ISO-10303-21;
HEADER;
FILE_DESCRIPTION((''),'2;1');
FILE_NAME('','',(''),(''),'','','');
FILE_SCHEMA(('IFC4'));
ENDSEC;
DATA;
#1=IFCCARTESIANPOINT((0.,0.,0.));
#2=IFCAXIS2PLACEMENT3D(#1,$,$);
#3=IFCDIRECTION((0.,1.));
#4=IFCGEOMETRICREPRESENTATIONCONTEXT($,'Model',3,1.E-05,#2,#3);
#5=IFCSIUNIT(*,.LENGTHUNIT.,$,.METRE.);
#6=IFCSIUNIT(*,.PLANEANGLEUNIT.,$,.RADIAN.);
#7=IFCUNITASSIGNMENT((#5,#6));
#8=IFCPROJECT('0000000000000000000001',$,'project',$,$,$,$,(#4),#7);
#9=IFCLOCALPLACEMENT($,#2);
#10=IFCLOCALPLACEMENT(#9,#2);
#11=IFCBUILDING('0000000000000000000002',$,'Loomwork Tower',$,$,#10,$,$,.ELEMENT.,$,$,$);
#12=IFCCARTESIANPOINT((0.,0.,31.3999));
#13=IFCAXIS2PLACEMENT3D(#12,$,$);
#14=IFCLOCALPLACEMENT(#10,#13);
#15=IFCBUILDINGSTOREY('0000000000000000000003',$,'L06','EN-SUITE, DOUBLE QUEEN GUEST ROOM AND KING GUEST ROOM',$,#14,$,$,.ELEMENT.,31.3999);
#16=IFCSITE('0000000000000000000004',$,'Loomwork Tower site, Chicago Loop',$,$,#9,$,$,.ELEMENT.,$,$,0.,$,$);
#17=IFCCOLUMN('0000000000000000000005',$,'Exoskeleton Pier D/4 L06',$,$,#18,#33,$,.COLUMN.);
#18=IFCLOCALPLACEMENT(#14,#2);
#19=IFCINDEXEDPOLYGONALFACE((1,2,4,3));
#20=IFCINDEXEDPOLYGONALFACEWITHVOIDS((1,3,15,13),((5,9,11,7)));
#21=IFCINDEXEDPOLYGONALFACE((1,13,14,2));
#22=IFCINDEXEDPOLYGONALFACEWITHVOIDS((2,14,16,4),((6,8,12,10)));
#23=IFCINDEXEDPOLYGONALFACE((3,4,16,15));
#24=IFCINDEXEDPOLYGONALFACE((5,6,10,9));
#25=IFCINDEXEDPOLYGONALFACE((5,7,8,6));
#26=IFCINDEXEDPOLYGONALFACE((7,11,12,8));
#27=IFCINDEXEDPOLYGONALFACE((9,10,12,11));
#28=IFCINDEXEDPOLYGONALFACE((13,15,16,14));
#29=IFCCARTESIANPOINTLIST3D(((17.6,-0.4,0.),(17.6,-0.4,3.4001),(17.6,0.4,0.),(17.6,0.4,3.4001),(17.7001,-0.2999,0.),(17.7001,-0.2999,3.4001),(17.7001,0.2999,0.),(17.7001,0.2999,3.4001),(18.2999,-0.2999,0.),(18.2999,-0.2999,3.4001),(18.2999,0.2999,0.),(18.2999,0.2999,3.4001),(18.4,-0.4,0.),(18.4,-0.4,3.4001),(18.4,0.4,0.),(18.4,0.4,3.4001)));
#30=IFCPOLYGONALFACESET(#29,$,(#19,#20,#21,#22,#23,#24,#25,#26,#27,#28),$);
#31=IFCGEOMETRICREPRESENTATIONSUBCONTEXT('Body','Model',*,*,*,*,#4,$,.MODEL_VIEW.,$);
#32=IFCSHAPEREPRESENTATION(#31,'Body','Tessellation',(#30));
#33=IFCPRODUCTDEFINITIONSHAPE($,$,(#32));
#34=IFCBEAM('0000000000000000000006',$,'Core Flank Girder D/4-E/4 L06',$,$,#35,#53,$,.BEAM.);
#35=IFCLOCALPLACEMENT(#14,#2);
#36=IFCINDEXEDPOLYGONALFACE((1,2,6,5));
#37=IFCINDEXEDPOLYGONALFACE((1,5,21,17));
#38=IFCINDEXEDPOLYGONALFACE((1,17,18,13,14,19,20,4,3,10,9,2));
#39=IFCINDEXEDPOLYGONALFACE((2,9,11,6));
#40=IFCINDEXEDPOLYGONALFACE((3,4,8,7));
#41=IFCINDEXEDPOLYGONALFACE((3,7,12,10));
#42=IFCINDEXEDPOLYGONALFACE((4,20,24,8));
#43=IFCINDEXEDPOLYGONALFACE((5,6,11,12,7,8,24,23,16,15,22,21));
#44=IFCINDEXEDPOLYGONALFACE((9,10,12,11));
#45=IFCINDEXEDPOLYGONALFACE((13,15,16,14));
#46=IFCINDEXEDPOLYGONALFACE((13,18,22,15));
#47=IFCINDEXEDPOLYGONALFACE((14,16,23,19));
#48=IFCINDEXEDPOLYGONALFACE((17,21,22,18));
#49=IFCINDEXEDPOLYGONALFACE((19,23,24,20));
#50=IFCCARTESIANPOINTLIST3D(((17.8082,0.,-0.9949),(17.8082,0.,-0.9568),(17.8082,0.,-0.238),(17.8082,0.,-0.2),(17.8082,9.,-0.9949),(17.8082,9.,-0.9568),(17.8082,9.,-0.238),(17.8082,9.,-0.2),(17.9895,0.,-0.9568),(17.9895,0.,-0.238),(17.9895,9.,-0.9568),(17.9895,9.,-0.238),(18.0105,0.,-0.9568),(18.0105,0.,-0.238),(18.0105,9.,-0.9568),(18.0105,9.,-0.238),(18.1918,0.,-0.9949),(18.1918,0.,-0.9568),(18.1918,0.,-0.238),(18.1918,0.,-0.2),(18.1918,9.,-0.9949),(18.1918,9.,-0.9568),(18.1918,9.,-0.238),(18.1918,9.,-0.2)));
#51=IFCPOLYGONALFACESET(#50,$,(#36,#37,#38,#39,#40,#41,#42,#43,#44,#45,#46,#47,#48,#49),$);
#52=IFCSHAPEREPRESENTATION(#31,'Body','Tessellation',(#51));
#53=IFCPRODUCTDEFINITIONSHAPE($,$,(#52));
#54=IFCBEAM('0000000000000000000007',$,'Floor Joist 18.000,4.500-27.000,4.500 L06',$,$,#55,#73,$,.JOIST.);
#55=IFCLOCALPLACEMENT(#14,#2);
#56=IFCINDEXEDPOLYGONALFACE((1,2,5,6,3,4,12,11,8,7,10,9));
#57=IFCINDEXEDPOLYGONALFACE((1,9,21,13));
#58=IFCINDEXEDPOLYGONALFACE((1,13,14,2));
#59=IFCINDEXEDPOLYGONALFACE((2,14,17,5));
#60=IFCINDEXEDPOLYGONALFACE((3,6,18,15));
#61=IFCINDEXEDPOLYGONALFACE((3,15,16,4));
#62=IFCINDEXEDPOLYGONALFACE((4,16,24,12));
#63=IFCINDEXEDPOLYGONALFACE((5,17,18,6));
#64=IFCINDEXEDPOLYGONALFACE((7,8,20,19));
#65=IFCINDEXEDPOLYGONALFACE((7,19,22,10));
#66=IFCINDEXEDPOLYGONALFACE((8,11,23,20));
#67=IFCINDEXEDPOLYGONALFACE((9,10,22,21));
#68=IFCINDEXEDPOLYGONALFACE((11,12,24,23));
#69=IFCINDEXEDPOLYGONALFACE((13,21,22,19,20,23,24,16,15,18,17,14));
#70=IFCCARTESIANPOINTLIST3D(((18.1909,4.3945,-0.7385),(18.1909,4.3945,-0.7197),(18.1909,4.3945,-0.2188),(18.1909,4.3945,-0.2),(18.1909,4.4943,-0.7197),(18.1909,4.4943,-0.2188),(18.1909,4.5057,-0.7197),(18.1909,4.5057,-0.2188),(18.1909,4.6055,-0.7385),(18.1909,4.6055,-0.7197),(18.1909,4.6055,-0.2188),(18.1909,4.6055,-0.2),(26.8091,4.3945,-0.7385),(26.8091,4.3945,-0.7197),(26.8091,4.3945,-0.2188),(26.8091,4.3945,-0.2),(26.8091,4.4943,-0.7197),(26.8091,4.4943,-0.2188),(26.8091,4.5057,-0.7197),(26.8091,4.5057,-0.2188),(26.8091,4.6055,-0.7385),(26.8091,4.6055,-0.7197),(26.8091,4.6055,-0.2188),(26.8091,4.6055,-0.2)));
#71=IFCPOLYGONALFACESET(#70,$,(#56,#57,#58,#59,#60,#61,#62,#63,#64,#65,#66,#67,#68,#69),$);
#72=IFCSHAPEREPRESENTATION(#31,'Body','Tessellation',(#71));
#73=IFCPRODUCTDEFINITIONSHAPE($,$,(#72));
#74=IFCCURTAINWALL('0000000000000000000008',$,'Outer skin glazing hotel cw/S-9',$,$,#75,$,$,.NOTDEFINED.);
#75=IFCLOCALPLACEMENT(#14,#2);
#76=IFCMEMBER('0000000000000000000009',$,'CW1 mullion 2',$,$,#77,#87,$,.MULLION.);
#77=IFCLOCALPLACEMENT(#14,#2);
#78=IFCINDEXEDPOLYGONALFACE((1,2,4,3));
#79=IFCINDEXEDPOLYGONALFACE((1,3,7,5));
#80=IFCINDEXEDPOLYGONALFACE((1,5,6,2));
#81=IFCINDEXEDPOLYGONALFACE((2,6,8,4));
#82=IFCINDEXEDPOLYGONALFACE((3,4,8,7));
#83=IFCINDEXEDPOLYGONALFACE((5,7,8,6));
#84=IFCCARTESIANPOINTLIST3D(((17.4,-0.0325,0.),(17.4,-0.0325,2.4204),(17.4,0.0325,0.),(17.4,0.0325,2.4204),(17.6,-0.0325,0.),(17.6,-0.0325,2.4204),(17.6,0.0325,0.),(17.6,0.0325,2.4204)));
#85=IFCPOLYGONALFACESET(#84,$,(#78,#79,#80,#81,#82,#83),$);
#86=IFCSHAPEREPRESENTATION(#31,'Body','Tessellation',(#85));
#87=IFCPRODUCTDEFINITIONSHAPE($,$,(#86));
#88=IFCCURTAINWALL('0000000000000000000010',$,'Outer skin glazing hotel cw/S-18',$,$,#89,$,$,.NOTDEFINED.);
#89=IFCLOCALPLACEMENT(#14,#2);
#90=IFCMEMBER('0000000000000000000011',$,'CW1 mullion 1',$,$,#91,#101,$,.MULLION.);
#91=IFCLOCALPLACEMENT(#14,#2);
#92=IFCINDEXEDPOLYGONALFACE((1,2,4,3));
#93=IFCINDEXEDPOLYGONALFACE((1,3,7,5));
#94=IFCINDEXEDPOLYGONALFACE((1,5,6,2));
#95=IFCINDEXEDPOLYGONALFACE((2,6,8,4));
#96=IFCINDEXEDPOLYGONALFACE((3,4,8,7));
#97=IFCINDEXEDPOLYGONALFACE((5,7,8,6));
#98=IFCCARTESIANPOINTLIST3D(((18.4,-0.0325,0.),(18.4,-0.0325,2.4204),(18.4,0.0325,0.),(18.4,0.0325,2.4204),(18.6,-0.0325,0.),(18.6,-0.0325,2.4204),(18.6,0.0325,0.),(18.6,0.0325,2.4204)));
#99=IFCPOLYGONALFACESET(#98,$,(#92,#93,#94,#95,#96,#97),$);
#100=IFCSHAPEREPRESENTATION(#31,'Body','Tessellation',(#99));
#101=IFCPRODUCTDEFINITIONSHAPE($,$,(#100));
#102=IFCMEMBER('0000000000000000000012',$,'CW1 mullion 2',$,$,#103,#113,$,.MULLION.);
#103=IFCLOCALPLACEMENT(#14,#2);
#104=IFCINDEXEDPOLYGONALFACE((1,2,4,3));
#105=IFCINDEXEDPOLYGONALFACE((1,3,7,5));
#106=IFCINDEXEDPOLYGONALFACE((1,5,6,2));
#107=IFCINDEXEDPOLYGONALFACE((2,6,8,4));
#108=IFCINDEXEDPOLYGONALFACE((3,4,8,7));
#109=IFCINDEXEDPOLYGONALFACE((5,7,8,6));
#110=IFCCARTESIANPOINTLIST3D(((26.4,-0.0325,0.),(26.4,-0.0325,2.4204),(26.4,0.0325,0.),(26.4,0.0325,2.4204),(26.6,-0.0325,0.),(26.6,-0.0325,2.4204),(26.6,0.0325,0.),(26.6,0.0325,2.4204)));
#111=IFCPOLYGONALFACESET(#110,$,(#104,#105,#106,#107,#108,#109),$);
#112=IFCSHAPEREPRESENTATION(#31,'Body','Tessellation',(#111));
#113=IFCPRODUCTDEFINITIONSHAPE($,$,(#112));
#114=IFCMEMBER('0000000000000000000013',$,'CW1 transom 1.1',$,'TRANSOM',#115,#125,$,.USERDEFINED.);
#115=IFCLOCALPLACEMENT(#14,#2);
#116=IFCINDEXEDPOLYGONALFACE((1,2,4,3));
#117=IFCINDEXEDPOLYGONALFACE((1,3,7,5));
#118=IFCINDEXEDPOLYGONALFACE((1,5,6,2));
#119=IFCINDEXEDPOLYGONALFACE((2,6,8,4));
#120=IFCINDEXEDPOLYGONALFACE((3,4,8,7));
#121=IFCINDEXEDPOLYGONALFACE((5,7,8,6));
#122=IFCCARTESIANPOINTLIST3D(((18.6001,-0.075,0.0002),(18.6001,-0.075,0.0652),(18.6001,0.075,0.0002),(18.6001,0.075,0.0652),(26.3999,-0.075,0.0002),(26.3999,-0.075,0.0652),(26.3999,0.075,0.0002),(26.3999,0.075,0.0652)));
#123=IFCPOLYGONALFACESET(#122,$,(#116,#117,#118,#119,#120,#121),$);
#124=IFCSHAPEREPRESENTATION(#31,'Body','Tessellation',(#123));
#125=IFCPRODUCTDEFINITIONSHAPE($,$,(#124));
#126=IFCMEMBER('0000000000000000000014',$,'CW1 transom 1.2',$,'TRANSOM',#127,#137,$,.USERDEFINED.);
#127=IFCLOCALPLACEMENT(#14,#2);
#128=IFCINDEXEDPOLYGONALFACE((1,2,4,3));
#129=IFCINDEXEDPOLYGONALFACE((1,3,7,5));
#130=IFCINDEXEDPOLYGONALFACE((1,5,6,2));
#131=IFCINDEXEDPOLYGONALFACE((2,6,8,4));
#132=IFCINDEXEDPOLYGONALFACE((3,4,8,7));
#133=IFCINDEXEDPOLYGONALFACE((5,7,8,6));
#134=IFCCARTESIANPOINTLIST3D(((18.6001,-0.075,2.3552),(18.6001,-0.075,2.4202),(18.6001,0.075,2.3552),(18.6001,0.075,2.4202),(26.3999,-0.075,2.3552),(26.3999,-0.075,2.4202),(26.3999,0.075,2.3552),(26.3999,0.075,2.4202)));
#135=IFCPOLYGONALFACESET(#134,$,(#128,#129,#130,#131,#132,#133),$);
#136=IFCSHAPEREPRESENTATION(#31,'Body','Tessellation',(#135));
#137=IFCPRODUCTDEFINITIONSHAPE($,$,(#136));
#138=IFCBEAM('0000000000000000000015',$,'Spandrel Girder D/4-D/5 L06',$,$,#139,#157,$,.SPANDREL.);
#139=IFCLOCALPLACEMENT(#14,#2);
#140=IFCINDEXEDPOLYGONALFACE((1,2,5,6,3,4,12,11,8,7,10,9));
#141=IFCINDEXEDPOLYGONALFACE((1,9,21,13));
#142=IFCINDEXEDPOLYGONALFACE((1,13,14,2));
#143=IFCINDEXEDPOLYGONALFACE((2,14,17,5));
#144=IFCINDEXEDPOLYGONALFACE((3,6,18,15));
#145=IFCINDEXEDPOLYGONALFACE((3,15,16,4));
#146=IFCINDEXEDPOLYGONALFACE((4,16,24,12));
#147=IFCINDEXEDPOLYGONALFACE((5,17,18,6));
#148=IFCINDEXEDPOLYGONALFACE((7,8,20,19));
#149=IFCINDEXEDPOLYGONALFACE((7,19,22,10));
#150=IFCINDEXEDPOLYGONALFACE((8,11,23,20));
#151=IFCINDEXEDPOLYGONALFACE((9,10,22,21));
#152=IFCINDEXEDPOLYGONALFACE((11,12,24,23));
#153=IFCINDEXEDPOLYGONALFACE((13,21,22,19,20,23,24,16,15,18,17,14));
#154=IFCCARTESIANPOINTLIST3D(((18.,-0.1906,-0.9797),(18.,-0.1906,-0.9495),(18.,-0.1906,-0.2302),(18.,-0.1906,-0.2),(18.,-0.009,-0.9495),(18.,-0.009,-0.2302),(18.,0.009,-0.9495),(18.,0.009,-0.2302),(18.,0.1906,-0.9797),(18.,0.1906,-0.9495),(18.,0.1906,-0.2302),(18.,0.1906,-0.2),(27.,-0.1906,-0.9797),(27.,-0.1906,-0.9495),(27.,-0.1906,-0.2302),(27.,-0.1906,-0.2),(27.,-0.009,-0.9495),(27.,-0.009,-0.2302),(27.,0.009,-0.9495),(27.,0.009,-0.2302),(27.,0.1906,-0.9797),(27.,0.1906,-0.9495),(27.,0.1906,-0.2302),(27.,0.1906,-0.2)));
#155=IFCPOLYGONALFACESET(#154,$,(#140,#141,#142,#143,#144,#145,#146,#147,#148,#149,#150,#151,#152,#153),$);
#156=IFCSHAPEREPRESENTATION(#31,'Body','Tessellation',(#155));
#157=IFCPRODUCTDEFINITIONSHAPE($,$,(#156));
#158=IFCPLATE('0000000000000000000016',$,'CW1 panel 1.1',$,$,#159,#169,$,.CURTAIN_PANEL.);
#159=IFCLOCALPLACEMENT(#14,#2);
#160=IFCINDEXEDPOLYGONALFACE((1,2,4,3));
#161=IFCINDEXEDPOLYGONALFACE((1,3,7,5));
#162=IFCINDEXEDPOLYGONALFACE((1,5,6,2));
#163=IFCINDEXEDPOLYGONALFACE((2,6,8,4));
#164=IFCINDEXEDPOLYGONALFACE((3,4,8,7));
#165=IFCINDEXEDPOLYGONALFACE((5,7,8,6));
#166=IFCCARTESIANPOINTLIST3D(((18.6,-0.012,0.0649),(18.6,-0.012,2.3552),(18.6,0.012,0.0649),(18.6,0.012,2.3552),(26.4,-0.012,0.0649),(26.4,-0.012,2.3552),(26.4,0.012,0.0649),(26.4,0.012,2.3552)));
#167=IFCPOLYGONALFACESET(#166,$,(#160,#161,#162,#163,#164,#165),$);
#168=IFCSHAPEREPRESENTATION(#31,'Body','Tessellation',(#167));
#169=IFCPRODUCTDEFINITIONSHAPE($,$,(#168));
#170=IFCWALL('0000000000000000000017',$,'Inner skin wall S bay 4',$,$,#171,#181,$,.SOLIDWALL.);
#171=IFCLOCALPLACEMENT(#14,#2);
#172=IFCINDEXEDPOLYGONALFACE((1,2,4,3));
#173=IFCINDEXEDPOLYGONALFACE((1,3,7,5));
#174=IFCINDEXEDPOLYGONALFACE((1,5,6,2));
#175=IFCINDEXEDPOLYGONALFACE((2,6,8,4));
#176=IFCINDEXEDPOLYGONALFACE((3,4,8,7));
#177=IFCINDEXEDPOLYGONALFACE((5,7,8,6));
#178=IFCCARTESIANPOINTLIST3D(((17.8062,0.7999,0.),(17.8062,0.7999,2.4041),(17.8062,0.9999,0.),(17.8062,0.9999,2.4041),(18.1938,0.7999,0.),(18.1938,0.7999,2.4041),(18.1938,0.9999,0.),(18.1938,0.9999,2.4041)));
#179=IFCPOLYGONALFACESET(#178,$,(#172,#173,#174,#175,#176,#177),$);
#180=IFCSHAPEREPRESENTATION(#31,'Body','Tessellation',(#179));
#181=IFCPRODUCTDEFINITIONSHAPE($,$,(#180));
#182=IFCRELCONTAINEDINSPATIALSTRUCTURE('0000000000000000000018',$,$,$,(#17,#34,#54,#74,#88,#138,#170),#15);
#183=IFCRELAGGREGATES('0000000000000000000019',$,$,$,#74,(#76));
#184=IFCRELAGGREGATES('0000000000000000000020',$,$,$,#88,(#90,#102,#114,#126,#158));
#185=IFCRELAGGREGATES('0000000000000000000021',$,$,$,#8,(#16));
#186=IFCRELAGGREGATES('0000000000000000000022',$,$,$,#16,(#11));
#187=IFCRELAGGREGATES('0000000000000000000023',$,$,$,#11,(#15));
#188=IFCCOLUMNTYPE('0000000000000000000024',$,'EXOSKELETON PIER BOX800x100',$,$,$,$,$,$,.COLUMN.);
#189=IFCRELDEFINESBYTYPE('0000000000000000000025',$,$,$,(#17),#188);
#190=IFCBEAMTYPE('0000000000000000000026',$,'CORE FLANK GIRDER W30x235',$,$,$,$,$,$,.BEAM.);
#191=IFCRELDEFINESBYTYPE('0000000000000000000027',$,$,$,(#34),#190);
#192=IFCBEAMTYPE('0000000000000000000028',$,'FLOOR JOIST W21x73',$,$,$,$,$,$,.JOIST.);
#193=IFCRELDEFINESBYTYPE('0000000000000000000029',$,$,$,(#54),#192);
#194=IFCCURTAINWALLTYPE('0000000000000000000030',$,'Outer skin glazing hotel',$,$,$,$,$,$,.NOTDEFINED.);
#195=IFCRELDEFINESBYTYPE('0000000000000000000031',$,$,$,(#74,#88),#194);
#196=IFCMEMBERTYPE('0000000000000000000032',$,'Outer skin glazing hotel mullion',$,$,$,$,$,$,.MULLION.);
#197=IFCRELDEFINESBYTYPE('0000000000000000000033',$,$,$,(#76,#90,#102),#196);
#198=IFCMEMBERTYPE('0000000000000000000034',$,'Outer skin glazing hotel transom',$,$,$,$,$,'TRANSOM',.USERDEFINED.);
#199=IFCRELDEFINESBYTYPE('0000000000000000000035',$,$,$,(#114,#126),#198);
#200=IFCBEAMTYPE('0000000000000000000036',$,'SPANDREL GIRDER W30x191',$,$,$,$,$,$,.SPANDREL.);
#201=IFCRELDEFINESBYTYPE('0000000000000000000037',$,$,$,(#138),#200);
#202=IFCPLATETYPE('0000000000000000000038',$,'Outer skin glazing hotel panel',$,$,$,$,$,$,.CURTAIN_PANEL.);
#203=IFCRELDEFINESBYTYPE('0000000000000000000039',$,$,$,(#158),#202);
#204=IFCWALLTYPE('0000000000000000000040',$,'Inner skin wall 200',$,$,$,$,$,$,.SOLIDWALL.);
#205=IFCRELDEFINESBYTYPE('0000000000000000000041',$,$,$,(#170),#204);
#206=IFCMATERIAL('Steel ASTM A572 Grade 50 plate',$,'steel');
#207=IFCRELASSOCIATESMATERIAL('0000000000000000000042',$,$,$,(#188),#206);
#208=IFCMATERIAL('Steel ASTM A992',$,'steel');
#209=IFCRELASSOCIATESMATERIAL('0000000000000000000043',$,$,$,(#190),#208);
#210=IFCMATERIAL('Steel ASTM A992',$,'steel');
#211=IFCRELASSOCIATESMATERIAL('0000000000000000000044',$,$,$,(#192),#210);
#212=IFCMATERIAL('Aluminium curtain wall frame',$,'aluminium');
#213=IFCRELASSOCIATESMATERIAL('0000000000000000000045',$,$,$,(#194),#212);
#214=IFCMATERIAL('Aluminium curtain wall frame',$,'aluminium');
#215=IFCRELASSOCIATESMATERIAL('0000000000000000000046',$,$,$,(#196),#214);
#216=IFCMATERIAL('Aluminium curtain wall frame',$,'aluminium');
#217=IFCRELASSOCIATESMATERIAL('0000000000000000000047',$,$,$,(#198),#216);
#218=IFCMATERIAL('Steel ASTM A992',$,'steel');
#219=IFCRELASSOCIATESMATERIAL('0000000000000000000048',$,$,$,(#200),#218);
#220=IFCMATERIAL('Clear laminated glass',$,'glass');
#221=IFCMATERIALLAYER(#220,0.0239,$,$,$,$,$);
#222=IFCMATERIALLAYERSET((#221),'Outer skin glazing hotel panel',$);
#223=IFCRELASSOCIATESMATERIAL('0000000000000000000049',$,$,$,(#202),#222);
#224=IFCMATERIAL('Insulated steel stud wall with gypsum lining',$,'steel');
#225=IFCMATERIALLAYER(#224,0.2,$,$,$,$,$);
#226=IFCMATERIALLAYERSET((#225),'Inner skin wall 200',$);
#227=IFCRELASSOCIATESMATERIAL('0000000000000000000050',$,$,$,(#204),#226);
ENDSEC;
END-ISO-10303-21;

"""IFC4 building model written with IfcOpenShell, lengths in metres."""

from ifc_helpers import new_model, si_unit, direction, frame, frame_2d, origin, origin_2d, place, context, subcontext, project, spatial, rectangle, hollow_rectangle, i_section, extrude, material, layer, layer_set, material_profile, profile_set, type_object, element, aggregate, save


model = new_model("IFC4")

# Units and contexts
model_context = context("Model", 3, precision=1e-05, world=origin(), true_north=direction((0.0, 1.0)))
body_context = subcontext(model_context, "Body", "Model", "MODEL_VIEW")
ifc_project = project(units=[si_unit("LENGTHUNIT", "METRE"), si_unit("PLANEANGLEUNIT", "RADIAN")], contexts=[model_context])

# Site, building, storey
site_placement = place(None, origin())
site = spatial("IfcSite", under=ifc_project, at=site_placement, Name="Loomwork Tower site, Chicago Loop", CompositionType="ELEMENT", RefElevation=0.0)
building_placement = place(site_placement, origin())
building = spatial("IfcBuilding", under=site, at=building_placement, Name="Loomwork Tower", CompositionType="ELEMENT")
storey_placement = place(building_placement, frame((0.0, 0.0, 31.3999)))
storey = spatial("IfcBuildingStorey", under=building, at=storey_placement, Name="L06", Description="EN-SUITE, DOUBLE QUEEN GUEST ROOM AND KING GUEST ROOM", CompositionType="ELEMENT", Elevation=31.3999)

# Column
ifc_material_1 = material(Name="Steel ASTM A572 Grade 50 plate", Category="steel")
ifc_material_profile_1 = material_profile(ifc_material_1, hollow_rectangle(XDim=0.8, YDim=0.8, WallThickness=0.1001, at=origin_2d()), Name="BOX800x100")
ifc_profile_set_1 = profile_set([ifc_material_profile_1], Name="Steel ASTM A572 Grade 50 plate")
column_type = type_object("IfcColumnType", Name="EXOSKELETON PIER BOX800x100", PredefinedType="COLUMN", material=ifc_profile_set_1)
column_placement = place(storey_placement, frame((18.0, 0.0, 0.0), z_axis=(0.0, 0.0, 1.0), x_axis=(1.0, 0.0, 0.0)))
element("IfcColumn", 1, at=column_placement, inside=storey, type_object=column_type, Name="Exoskeleton Pier D/4 L06", PredefinedType="COLUMN", context=body_context, shape_type="SweptSolid", body=[
    extrude(hollow_rectangle(XDim=0.8, YDim=0.8, WallThickness=0.1001, at=origin_2d()), origin(), (0.0, 0.0, 1.0), 3.4001),
])

# Beams
ifc_material_2 = material(Name="Steel ASTM A992", Category="steel")
ifc_material_profile_2 = material_profile(ifc_material_2, i_section(OverallWidth=0.3835, OverallDepth=0.7949, WebThickness=0.021, FlangeThickness=0.0381, at=origin_2d()), Name="W30x235")
ifc_profile_set_2 = profile_set([ifc_material_profile_2], Name="Steel ASTM A992")
beam_type_1 = type_object("IfcBeamType", Name="CORE FLANK GIRDER W30x235", PredefinedType="BEAM", material=ifc_profile_set_2)
beam_1_placement = place(storey_placement, frame((18.0, 0.0, -0.5974), z_axis=(0.0, 1.0, 0.0), x_axis=(-1.0, 0.0, 0.0)))
element("IfcBeam", 2, at=beam_1_placement, inside=storey, type_object=beam_type_1, Name="Core Flank Girder D/4-E/4 L06", PredefinedType="BEAM", context=body_context, shape_type="SweptSolid", body=[
    extrude(i_section(OverallWidth=0.3835, OverallDepth=0.7949, WebThickness=0.021, FlangeThickness=0.0381, at=origin_2d()), origin(), (0.0, 0.0, 1.0), 9.0),
])
ifc_material_3 = material(Name="Steel ASTM A992", Category="steel")
ifc_material_profile_3 = material_profile(ifc_material_3, i_section(OverallWidth=0.2109, OverallDepth=0.5386, WebThickness=0.0115, FlangeThickness=0.0188, at=origin_2d()), Name="W21x73")
ifc_profile_set_3 = profile_set([ifc_material_profile_3], Name="Steel ASTM A992")
beam_type_2 = type_object("IfcBeamType", Name="FLOOR JOIST W21x73", PredefinedType="JOIST", material=ifc_profile_set_3)
beam_2_placement = place(storey_placement, frame((18.1909, 4.5, -0.4692), z_axis=(1.0, 0.0, 0.0), x_axis=(0.0, 1.0, 0.0)))
element("IfcBeam", 3, at=beam_2_placement, inside=storey, type_object=beam_type_2, Name="Floor Joist 18.000,4.500-27.000,4.500 L06", PredefinedType="JOIST", context=body_context, shape_type="SweptSolid", body=[
    extrude(i_section(OverallWidth=0.2109, OverallDepth=0.5386, WebThickness=0.0115, FlangeThickness=0.0188, at=origin_2d()), origin(), (0.0, 0.0, 1.0), 8.6182),
])

# Curtain wall, member
ifc_material_4 = material(Name="Aluminium curtain wall frame", Category="aluminium")
curtain_wall_type = type_object("IfcCurtainWallType", Name="Outer skin glazing hotel", PredefinedType="NOTDEFINED", material=ifc_material_4)
curtain_wall_1_placement = place(storey_placement, origin())
curtain_wall_1 = element("IfcCurtainWall", 4, at=curtain_wall_1_placement, inside=storey, type_object=curtain_wall_type, Name="Outer skin glazing hotel cw/S-9", PredefinedType="NOTDEFINED")
ifc_material_5 = material(Name="Aluminium curtain wall frame", Category="aluminium")
ifc_material_profile_4 = material_profile(ifc_material_5, rectangle(XDim=0.0649, YDim=0.2, at=origin_2d()), Name="AL 65x200")
ifc_profile_set_4 = profile_set([ifc_material_profile_4], Name="Aluminium curtain wall frame")
member_type_1 = type_object("IfcMemberType", Name="Outer skin glazing hotel mullion", PredefinedType="MULLION", material=ifc_profile_set_4)
member_1_placement = place(storey_placement, frame((17.5, 0.0, 0.0), z_axis=(0.0, 0.0, 1.0), x_axis=(0.0, 1.0, 0.0)))
member_1 = element("IfcMember", 5, at=member_1_placement, type_object=member_type_1, Name="CW1 mullion 2", PredefinedType="MULLION", context=body_context, shape_type="SweptSolid", body=[
    extrude(rectangle(XDim=0.0649, YDim=0.2, at=origin_2d()), origin(), (0.0, 0.0, 1.0), 2.4204),
])
aggregate(curtain_wall_1, [member_1])

# Curtain wall, members
curtain_wall_2_placement = place(storey_placement, origin())
curtain_wall_2 = element("IfcCurtainWall", 6, at=curtain_wall_2_placement, inside=storey, type_object=curtain_wall_type, Name="Outer skin glazing hotel cw/S-18", PredefinedType="NOTDEFINED")
member_2_placement = place(storey_placement, frame((18.5, 0.0, 0.0), z_axis=(0.0, 0.0, 1.0), x_axis=(0.0, 1.0, 0.0)))
member_2 = element("IfcMember", 7, at=member_2_placement, type_object=member_type_1, Name="CW1 mullion 1", PredefinedType="MULLION", context=body_context, shape_type="SweptSolid", body=[
    extrude(rectangle(XDim=0.0649, YDim=0.2, at=origin_2d()), origin(), (0.0, 0.0, 1.0), 2.4204),
])
member_3_placement = place(storey_placement, frame((26.5, 0.0, 0.0), z_axis=(0.0, 0.0, 1.0), x_axis=(0.0, 1.0, 0.0)))
member_3 = element("IfcMember", 8, at=member_3_placement, type_object=member_type_1, Name="CW1 mullion 2", PredefinedType="MULLION", context=body_context, shape_type="SweptSolid", body=[
    extrude(rectangle(XDim=0.0649, YDim=0.2, at=origin_2d()), origin(), (0.0, 0.0, 1.0), 2.4204),
])
ifc_material_6 = material(Name="Aluminium curtain wall frame", Category="aluminium")
ifc_material_profile_5 = material_profile(ifc_material_6, rectangle(XDim=0.1499, YDim=0.0649, at=origin_2d()), Name="AL 65x150")
ifc_profile_set_5 = profile_set([ifc_material_profile_5], Name="Aluminium curtain wall frame")
member_type_2 = type_object("IfcMemberType", Name="Outer skin glazing hotel transom", ElementType="TRANSOM", PredefinedType="USERDEFINED", material=ifc_profile_set_5)
member_4_placement = place(storey_placement, frame((18.6001, 0.0, 0.0327), z_axis=(1.0, 0.0, 0.0), x_axis=(0.0, 1.0, 0.0)))
member_4 = element("IfcMember", 9, at=member_4_placement, type_object=member_type_2, Name="CW1 transom 1.1", ObjectType="TRANSOM", PredefinedType="USERDEFINED", context=body_context, shape_type="SweptSolid", body=[
    extrude(rectangle(XDim=0.1499, YDim=0.0649, at=origin_2d()), origin(), (0.0, 0.0, 1.0), 7.7998),
])
member_5_placement = place(storey_placement, frame((18.6001, 0.0, 2.3877), z_axis=(1.0, 0.0, 0.0), x_axis=(0.0, 1.0, 0.0)))
member_5 = element("IfcMember", 10, at=member_5_placement, type_object=member_type_2, Name="CW1 transom 1.2", ObjectType="TRANSOM", PredefinedType="USERDEFINED", context=body_context, shape_type="SweptSolid", body=[
    extrude(rectangle(XDim=0.1499, YDim=0.0649, at=origin_2d()), origin(), (0.0, 0.0, 1.0), 7.7998),
])

# Beam
ifc_material_7 = material(Name="Steel ASTM A992", Category="steel")
ifc_material_profile_6 = material_profile(ifc_material_7, i_section(OverallWidth=0.3811, OverallDepth=0.7798, WebThickness=0.0181, FlangeThickness=0.0303, at=origin_2d()), Name="W30x191")
ifc_profile_set_6 = profile_set([ifc_material_profile_6], Name="Steel ASTM A992")
beam_type_3 = type_object("IfcBeamType", Name="SPANDREL GIRDER W30x191", PredefinedType="SPANDREL", material=ifc_profile_set_6)
beam_3_placement = place(storey_placement, frame((18.0, 0.0, -0.5898), z_axis=(1.0, 0.0, 0.0), x_axis=(0.0, 1.0, 0.0)))
element("IfcBeam", 11, at=beam_3_placement, inside=storey, type_object=beam_type_3, Name="Spandrel Girder D/4-D/5 L06", PredefinedType="SPANDREL", context=body_context, shape_type="SweptSolid", body=[
    extrude(i_section(OverallWidth=0.3811, OverallDepth=0.7798, WebThickness=0.0181, FlangeThickness=0.0303, at=origin_2d()), origin(), (0.0, 0.0, 1.0), 9.0),
])

# Plate
ifc_material_8 = material(Name="Clear laminated glass", Category="glass")
ifc_layer_1 = layer(ifc_material_8, 0.0239)
ifc_layer_set_1 = layer_set([ifc_layer_1], Name="Outer skin glazing hotel panel")
plate_type = type_object("IfcPlateType", Name="Outer skin glazing hotel panel", PredefinedType="CURTAIN_PANEL", material=ifc_layer_set_1)
plate_placement = place(storey_placement, frame((22.5, 0.0, 0.0649), z_axis=(0.0, 0.0, 1.0), x_axis=(1.0, 0.0, 0.0)))
plate = element("IfcPlate", 12, at=plate_placement, type_object=plate_type, Name="CW1 panel 1.1", PredefinedType="CURTAIN_PANEL", context=body_context, shape_type="SweptSolid", body=[
    extrude(rectangle(XDim=7.8, YDim=0.0239, at=origin_2d()), origin(), (0.0, 0.0, 1.0), 2.2903),
])
aggregate(curtain_wall_2, [member_2, member_3, member_4, member_5, plate])

# Wall
ifc_material_9 = material(Name="Insulated steel stud wall with gypsum lining", Category="steel")
ifc_layer_2 = layer(ifc_material_9, 0.2)
ifc_layer_set_2 = layer_set([ifc_layer_2], Name="Inner skin wall 200")
wall_type = type_object("IfcWallType", Name="Inner skin wall 200", PredefinedType="SOLIDWALL", material=ifc_layer_set_2)
wall_1_placement = place(storey_placement, frame((17.8062, 0.8999, 0.0), z_axis=(0.0, 0.0, 1.0), x_axis=(1.0, 0.0, 0.0)))
element("IfcWall", 13, at=wall_1_placement, inside=storey, type_object=wall_type, Name="Inner skin wall S bay 4", PredefinedType="SOLIDWALL", context=body_context, shape_type="SweptSolid", body=[
    extrude(rectangle(XDim=0.3877, YDim=0.2, at=frame_2d((0.1938, 0.0))), origin(), (0.0, 0.0, 1.0), 2.4041),
])

save(model, "model.ifc")
